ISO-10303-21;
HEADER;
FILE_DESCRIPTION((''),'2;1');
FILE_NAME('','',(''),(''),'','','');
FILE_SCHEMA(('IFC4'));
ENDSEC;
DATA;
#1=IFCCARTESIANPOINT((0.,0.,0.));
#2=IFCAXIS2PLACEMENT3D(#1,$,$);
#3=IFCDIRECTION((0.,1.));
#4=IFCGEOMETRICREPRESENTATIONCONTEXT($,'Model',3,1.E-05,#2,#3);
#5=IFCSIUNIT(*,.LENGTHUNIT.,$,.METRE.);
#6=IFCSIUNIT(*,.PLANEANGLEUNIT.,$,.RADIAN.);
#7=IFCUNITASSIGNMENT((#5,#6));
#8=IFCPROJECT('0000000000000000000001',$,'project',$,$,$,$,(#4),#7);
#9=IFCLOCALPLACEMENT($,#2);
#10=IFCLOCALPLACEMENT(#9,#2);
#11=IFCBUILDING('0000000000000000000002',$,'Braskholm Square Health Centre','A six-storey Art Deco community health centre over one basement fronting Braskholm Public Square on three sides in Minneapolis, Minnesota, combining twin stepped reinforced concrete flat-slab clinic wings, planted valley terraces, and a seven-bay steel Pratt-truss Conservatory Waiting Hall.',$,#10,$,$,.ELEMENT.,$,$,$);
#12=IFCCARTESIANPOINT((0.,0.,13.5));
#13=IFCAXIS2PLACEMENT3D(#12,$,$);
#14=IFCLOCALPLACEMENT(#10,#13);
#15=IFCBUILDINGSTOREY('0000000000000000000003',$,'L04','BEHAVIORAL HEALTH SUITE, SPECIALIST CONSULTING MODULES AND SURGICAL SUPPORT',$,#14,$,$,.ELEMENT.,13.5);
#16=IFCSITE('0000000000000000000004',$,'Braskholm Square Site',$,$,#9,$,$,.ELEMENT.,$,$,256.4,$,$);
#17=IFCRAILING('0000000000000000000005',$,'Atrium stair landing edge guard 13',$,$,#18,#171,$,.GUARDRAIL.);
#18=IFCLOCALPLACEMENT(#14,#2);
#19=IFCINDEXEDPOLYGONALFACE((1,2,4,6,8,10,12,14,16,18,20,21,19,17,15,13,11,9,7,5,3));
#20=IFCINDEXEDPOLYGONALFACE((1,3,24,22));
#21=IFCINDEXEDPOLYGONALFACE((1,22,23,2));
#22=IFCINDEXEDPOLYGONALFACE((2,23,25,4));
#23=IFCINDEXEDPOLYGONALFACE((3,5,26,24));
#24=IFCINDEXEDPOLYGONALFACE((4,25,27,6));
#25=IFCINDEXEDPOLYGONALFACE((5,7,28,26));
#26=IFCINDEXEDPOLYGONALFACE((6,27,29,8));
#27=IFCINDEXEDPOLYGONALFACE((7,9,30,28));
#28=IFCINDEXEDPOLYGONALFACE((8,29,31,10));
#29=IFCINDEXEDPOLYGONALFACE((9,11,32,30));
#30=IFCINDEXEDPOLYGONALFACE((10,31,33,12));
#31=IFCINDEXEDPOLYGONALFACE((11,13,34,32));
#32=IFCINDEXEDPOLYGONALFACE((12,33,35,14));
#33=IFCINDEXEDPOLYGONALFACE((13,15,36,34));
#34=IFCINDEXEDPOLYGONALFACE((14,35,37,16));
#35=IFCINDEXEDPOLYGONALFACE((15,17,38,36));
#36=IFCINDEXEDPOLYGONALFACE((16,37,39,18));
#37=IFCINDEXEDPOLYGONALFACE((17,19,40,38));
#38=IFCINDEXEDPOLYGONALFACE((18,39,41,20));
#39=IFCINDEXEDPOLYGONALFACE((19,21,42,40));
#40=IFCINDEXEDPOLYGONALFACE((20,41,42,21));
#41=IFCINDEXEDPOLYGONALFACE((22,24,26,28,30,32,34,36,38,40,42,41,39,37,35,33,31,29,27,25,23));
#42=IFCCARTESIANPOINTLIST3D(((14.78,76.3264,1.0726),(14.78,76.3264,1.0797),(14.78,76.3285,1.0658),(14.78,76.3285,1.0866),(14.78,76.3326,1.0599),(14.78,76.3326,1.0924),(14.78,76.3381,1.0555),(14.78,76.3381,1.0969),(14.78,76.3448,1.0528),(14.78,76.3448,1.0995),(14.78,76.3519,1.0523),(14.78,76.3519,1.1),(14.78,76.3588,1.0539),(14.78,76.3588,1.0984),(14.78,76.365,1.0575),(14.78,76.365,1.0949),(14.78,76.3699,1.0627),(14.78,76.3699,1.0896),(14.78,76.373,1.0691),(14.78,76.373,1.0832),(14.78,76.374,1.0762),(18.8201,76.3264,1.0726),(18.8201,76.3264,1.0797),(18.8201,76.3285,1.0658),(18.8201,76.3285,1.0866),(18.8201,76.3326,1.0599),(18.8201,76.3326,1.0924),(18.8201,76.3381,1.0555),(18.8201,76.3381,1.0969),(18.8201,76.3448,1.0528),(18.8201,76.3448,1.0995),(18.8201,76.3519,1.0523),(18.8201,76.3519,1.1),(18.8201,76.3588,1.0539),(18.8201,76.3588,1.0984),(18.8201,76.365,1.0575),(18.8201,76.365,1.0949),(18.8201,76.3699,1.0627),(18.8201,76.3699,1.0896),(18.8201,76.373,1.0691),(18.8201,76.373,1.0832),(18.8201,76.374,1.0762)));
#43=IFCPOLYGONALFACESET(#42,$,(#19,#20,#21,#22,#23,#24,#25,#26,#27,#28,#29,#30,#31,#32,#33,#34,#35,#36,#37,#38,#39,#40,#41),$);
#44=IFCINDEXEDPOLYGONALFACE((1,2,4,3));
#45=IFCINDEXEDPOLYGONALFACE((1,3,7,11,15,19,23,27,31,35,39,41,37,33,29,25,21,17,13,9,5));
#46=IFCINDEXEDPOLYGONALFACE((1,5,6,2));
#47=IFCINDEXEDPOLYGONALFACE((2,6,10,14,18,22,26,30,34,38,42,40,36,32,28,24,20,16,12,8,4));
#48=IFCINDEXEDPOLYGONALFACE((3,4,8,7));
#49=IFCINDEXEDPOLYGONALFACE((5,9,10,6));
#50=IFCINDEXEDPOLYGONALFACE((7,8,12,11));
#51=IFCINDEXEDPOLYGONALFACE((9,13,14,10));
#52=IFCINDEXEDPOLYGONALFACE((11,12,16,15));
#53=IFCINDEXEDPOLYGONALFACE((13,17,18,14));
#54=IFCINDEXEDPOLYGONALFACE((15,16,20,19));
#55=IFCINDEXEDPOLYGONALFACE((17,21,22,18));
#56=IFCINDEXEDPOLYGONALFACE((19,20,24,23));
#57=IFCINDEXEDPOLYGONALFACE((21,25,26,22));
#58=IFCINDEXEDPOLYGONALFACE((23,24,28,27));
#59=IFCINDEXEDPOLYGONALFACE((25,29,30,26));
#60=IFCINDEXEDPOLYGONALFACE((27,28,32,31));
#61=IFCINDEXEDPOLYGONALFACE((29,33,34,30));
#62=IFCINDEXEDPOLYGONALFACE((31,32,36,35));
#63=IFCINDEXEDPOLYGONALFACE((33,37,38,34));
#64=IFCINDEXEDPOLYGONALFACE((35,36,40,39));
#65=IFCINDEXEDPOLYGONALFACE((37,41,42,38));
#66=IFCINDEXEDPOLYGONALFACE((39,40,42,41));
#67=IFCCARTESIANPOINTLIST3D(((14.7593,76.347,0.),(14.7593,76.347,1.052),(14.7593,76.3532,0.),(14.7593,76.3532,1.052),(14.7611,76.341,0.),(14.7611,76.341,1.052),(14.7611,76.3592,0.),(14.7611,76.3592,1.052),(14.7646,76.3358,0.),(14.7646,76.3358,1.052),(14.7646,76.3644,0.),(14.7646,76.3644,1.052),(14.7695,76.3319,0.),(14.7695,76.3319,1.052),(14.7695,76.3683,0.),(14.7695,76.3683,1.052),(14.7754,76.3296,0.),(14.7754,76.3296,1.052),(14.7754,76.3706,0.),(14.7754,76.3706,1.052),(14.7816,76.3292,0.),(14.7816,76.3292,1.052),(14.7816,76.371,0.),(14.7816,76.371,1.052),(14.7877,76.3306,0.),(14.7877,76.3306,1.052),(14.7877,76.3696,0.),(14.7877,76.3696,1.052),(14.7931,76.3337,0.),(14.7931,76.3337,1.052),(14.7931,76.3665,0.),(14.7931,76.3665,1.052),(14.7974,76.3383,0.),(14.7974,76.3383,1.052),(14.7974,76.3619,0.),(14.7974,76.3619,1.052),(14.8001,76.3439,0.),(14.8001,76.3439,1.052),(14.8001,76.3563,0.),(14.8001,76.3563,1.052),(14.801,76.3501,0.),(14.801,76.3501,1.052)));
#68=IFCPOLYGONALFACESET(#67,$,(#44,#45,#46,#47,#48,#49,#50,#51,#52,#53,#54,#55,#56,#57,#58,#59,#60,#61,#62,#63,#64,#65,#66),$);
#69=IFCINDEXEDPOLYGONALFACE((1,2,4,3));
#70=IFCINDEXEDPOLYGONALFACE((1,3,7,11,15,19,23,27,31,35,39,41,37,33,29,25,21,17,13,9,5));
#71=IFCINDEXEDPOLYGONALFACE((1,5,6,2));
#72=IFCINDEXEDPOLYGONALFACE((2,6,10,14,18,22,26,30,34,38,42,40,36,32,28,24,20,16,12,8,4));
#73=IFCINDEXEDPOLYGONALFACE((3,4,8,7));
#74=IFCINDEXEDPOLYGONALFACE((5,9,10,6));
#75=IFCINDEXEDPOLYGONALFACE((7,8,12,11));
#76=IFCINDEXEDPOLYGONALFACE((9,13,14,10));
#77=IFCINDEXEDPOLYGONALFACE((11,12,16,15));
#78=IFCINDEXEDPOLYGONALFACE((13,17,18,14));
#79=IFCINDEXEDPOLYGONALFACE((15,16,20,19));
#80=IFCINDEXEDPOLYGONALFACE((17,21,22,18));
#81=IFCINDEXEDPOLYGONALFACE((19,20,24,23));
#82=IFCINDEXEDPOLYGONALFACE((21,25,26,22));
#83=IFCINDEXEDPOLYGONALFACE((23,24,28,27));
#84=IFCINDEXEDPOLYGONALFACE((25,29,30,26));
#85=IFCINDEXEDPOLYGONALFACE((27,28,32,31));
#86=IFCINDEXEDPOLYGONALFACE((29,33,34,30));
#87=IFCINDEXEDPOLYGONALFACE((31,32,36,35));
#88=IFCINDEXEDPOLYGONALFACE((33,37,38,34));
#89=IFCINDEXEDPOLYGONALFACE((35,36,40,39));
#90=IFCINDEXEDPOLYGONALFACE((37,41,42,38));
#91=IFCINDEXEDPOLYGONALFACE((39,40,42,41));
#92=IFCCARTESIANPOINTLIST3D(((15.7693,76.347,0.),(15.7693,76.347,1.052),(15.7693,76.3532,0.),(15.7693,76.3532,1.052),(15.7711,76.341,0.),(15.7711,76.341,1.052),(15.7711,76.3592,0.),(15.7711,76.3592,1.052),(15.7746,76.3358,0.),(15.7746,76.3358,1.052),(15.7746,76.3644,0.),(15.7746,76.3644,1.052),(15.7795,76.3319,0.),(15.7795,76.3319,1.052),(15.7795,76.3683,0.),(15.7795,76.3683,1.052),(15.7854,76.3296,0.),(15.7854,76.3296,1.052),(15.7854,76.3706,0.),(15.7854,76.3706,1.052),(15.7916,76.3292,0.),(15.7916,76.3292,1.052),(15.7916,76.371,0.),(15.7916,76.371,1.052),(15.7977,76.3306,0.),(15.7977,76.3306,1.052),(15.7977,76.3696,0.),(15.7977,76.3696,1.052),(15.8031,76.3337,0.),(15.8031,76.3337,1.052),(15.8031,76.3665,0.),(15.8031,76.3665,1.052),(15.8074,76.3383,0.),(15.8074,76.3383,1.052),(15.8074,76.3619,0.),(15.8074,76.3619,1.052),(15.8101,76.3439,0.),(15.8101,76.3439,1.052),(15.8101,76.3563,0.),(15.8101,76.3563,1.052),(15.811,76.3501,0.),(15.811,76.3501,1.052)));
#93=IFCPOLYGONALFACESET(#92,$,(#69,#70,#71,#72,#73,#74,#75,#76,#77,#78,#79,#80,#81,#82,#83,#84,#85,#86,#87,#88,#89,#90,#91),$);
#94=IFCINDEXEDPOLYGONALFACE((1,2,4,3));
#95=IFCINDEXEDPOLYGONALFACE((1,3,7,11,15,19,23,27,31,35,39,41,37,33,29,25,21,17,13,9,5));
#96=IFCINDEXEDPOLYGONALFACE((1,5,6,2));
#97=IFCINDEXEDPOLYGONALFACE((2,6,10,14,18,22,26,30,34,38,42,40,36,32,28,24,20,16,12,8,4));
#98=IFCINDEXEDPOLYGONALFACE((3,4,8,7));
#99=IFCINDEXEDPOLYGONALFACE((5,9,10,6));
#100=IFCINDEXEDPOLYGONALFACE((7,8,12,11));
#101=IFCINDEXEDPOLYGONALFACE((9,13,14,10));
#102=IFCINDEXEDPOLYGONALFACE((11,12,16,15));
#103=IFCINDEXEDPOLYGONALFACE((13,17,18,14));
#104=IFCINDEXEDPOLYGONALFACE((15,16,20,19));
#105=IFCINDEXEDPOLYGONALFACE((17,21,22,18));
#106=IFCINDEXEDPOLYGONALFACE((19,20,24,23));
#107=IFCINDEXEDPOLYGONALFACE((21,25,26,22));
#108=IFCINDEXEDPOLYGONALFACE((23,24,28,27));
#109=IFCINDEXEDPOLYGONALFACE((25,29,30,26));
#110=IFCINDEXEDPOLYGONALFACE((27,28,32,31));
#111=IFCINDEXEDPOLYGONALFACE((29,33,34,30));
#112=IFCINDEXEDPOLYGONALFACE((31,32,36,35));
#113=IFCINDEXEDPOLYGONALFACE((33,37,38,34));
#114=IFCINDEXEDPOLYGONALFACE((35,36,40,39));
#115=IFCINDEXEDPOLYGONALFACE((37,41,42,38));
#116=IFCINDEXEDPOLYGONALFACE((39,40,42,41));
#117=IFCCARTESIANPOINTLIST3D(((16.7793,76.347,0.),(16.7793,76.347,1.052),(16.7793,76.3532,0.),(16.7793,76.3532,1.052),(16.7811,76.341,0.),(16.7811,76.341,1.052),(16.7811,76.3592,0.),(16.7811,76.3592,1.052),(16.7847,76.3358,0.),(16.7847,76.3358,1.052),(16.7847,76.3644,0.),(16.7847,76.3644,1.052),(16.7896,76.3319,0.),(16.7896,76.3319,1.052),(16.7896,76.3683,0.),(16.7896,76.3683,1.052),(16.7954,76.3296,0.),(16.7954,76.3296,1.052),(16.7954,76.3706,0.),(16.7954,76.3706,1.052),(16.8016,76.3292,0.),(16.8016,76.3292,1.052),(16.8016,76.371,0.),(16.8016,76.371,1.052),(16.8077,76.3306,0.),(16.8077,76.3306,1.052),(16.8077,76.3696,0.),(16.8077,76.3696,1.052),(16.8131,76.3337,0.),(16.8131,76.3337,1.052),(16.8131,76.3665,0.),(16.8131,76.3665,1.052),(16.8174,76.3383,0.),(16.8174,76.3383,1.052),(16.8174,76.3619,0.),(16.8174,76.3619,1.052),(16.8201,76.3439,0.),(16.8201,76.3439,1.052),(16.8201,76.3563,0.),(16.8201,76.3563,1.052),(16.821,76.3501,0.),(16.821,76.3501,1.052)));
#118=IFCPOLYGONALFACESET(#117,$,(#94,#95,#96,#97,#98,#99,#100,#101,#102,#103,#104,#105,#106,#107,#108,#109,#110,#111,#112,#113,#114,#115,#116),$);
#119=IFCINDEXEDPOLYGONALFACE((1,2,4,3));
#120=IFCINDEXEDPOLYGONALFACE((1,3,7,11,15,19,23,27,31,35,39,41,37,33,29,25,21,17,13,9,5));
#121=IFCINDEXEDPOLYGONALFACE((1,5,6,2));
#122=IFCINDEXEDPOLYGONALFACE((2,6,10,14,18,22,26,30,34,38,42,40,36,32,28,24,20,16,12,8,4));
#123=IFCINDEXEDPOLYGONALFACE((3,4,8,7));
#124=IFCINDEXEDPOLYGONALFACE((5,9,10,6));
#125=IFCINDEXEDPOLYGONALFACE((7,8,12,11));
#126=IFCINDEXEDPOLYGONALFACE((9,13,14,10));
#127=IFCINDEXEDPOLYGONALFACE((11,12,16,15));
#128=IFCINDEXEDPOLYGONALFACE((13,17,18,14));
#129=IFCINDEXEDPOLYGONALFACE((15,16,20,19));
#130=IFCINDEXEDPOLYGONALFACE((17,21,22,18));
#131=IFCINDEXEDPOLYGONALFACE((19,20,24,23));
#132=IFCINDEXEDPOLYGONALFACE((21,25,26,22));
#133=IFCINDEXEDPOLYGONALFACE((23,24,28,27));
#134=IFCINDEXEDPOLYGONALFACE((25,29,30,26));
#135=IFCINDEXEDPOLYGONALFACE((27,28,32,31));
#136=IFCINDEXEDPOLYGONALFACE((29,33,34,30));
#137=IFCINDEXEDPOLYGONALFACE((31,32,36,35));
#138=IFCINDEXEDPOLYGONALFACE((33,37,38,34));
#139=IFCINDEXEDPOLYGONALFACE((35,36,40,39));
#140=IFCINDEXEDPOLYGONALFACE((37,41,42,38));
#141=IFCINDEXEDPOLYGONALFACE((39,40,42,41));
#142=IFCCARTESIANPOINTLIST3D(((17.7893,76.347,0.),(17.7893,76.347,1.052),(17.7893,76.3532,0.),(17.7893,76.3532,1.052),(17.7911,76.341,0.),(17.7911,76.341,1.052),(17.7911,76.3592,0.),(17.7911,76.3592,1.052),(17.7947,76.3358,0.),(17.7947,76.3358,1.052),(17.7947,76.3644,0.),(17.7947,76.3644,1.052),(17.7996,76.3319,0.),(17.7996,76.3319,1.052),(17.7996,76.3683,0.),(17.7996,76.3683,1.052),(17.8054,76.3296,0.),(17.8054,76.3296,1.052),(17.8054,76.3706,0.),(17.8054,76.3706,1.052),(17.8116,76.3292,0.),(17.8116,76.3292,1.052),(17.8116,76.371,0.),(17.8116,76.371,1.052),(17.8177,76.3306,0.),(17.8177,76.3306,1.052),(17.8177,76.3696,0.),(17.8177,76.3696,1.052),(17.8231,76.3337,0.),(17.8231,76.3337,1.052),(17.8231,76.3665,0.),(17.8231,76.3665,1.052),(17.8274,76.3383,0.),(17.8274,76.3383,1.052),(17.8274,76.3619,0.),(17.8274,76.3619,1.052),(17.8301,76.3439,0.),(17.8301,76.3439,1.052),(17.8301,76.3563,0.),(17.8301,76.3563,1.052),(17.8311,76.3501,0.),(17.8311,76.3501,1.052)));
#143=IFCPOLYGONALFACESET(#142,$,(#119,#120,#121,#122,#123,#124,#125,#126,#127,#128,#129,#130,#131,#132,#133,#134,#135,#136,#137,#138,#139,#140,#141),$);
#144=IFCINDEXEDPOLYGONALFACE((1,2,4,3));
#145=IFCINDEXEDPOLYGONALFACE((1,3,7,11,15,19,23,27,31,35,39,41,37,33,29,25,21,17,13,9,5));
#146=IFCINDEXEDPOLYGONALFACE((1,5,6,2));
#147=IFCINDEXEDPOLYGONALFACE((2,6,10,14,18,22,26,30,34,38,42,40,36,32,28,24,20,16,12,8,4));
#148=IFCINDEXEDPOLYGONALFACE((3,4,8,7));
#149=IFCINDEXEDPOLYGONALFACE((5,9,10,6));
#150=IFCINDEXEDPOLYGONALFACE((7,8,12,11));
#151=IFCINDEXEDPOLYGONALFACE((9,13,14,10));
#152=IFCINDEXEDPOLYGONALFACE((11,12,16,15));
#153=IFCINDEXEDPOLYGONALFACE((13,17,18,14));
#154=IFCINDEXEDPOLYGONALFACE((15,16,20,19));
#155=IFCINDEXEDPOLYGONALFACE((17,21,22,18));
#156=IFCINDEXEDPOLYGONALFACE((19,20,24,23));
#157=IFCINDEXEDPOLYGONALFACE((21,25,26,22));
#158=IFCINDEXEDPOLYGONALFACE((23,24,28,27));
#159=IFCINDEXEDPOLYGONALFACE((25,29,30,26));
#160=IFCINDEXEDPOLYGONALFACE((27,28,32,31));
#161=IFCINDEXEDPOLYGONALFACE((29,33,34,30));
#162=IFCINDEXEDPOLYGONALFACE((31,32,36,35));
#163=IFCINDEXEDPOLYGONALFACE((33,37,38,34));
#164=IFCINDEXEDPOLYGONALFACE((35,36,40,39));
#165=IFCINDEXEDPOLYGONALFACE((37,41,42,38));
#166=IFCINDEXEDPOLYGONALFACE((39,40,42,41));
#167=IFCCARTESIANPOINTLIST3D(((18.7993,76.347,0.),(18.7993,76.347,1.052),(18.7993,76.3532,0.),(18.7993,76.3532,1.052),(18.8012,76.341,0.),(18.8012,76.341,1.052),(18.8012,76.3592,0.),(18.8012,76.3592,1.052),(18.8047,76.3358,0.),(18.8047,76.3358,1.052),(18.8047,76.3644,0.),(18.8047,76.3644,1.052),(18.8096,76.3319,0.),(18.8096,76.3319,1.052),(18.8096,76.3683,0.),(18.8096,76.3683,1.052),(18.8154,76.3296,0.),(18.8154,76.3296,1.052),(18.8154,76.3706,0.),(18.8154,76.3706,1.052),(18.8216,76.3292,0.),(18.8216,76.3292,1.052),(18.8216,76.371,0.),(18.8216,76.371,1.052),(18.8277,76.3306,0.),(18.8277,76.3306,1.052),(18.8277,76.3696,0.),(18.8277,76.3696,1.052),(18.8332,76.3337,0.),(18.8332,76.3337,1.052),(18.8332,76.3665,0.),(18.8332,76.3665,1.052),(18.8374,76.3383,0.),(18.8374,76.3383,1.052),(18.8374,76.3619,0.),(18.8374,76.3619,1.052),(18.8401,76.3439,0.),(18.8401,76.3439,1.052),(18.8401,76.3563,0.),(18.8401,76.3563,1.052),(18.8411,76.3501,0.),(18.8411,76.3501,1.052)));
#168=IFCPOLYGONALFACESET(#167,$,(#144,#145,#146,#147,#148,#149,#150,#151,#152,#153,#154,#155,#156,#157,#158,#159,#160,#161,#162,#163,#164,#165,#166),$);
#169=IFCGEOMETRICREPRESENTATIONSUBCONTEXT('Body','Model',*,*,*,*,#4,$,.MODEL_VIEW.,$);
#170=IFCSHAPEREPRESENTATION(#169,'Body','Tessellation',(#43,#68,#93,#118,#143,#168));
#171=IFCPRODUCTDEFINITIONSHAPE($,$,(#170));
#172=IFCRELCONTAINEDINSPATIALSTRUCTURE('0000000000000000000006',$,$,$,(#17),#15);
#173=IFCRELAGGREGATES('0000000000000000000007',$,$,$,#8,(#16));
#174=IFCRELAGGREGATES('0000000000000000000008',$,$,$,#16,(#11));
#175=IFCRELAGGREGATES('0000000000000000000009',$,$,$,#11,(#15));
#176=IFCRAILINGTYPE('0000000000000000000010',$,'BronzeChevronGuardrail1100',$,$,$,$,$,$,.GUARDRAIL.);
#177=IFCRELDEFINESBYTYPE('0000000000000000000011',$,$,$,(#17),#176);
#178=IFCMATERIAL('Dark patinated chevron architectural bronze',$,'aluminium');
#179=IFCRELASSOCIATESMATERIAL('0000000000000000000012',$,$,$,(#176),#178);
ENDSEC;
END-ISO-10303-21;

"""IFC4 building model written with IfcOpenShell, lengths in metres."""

from ifc_helpers import new_model, si_unit, direction, frame, origin, origin_2d, place, context, subcontext, project, spatial, circle, extrude, material, type_object, element, save


model = new_model("IFC4")

# Units and contexts
model_context = context("Model", 3, precision=1e-05, world=origin(), true_north=direction((0.0, 1.0)))
body_context = subcontext(model_context, "Body", "Model", "MODEL_VIEW")
ifc_project = project(units=[si_unit("LENGTHUNIT", "METRE"), si_unit("PLANEANGLEUNIT", "RADIAN")], contexts=[model_context])

# Site, building, storey
site_placement = place(None, origin())
site = spatial("IfcSite", under=ifc_project, at=site_placement, Name="Braskholm Square Site", CompositionType="ELEMENT", RefElevation=256.4)
building_placement = place(site_placement, origin())
building = spatial("IfcBuilding", under=site, at=building_placement, Name="Braskholm Square Health Centre", Description="A six-storey Art Deco community health centre over one basement fronting Braskholm Public Square on three sides in Minneapolis, Minnesota, combining twin stepped reinforced concrete flat-slab clinic wings, planted valley terraces, and a seven-bay steel Pratt-truss Conservatory Waiting Hall.", CompositionType="ELEMENT")
storey_placement = place(building_placement, frame((0.0, 0.0, 13.5)))
storey = spatial("IfcBuildingStorey", under=building, at=storey_placement, Name="L04", Description="BEHAVIORAL HEALTH SUITE, SPECIALIST CONSULTING MODULES AND SURGICAL SUPPORT", CompositionType="ELEMENT", Elevation=13.5)

# Railing
ifc_material_1 = material(Name="Dark patinated chevron architectural bronze", Category="aluminium")
railing_type = type_object("IfcRailingType", Name="BronzeChevronGuardrail1100", PredefinedType="GUARDRAIL", material=ifc_material_1)
railing_placement = place(storey_placement, frame((14.78, 76.3501, 0.0)))
element("IfcRailing", 1, at=railing_placement, inside=storey, type_object=railing_type, Name="Atrium stair landing edge guard 13", PredefinedType="GUARDRAIL", context=body_context, shape_type="SweptSolid", body=[
    extrude(circle(Radius=0.0239, at=origin_2d()), frame((0.0, 0.0, 1.0762), z_axis=(1.0, 0.0, 0.0), x_axis=(0.0, 1.0, 0.0)), (0.0, 0.0, 1.0), 4.04),
    extrude(circle(Radius=0.021, at=origin_2d()), origin(), (0.0, 0.0, 1.0), 1.052),
    extrude(circle(Radius=0.021, at=origin_2d()), frame((1.01, 0.0, 0.0)), (0.0, 0.0, 1.0), 1.052),
    extrude(circle(Radius=0.021, at=origin_2d()), frame((2.02, 0.0, 0.0)), (0.0, 0.0, 1.0), 1.052),
    extrude(circle(Radius=0.021, at=origin_2d()), frame((3.03, 0.0, 0.0)), (0.0, 0.0, 1.0), 1.052),
    extrude(circle(Radius=0.021, at=origin_2d()), frame((4.04, 0.0, 0.0)), (0.0, 0.0, 1.0), 1.052),
])

save(model, "model.ifc")
